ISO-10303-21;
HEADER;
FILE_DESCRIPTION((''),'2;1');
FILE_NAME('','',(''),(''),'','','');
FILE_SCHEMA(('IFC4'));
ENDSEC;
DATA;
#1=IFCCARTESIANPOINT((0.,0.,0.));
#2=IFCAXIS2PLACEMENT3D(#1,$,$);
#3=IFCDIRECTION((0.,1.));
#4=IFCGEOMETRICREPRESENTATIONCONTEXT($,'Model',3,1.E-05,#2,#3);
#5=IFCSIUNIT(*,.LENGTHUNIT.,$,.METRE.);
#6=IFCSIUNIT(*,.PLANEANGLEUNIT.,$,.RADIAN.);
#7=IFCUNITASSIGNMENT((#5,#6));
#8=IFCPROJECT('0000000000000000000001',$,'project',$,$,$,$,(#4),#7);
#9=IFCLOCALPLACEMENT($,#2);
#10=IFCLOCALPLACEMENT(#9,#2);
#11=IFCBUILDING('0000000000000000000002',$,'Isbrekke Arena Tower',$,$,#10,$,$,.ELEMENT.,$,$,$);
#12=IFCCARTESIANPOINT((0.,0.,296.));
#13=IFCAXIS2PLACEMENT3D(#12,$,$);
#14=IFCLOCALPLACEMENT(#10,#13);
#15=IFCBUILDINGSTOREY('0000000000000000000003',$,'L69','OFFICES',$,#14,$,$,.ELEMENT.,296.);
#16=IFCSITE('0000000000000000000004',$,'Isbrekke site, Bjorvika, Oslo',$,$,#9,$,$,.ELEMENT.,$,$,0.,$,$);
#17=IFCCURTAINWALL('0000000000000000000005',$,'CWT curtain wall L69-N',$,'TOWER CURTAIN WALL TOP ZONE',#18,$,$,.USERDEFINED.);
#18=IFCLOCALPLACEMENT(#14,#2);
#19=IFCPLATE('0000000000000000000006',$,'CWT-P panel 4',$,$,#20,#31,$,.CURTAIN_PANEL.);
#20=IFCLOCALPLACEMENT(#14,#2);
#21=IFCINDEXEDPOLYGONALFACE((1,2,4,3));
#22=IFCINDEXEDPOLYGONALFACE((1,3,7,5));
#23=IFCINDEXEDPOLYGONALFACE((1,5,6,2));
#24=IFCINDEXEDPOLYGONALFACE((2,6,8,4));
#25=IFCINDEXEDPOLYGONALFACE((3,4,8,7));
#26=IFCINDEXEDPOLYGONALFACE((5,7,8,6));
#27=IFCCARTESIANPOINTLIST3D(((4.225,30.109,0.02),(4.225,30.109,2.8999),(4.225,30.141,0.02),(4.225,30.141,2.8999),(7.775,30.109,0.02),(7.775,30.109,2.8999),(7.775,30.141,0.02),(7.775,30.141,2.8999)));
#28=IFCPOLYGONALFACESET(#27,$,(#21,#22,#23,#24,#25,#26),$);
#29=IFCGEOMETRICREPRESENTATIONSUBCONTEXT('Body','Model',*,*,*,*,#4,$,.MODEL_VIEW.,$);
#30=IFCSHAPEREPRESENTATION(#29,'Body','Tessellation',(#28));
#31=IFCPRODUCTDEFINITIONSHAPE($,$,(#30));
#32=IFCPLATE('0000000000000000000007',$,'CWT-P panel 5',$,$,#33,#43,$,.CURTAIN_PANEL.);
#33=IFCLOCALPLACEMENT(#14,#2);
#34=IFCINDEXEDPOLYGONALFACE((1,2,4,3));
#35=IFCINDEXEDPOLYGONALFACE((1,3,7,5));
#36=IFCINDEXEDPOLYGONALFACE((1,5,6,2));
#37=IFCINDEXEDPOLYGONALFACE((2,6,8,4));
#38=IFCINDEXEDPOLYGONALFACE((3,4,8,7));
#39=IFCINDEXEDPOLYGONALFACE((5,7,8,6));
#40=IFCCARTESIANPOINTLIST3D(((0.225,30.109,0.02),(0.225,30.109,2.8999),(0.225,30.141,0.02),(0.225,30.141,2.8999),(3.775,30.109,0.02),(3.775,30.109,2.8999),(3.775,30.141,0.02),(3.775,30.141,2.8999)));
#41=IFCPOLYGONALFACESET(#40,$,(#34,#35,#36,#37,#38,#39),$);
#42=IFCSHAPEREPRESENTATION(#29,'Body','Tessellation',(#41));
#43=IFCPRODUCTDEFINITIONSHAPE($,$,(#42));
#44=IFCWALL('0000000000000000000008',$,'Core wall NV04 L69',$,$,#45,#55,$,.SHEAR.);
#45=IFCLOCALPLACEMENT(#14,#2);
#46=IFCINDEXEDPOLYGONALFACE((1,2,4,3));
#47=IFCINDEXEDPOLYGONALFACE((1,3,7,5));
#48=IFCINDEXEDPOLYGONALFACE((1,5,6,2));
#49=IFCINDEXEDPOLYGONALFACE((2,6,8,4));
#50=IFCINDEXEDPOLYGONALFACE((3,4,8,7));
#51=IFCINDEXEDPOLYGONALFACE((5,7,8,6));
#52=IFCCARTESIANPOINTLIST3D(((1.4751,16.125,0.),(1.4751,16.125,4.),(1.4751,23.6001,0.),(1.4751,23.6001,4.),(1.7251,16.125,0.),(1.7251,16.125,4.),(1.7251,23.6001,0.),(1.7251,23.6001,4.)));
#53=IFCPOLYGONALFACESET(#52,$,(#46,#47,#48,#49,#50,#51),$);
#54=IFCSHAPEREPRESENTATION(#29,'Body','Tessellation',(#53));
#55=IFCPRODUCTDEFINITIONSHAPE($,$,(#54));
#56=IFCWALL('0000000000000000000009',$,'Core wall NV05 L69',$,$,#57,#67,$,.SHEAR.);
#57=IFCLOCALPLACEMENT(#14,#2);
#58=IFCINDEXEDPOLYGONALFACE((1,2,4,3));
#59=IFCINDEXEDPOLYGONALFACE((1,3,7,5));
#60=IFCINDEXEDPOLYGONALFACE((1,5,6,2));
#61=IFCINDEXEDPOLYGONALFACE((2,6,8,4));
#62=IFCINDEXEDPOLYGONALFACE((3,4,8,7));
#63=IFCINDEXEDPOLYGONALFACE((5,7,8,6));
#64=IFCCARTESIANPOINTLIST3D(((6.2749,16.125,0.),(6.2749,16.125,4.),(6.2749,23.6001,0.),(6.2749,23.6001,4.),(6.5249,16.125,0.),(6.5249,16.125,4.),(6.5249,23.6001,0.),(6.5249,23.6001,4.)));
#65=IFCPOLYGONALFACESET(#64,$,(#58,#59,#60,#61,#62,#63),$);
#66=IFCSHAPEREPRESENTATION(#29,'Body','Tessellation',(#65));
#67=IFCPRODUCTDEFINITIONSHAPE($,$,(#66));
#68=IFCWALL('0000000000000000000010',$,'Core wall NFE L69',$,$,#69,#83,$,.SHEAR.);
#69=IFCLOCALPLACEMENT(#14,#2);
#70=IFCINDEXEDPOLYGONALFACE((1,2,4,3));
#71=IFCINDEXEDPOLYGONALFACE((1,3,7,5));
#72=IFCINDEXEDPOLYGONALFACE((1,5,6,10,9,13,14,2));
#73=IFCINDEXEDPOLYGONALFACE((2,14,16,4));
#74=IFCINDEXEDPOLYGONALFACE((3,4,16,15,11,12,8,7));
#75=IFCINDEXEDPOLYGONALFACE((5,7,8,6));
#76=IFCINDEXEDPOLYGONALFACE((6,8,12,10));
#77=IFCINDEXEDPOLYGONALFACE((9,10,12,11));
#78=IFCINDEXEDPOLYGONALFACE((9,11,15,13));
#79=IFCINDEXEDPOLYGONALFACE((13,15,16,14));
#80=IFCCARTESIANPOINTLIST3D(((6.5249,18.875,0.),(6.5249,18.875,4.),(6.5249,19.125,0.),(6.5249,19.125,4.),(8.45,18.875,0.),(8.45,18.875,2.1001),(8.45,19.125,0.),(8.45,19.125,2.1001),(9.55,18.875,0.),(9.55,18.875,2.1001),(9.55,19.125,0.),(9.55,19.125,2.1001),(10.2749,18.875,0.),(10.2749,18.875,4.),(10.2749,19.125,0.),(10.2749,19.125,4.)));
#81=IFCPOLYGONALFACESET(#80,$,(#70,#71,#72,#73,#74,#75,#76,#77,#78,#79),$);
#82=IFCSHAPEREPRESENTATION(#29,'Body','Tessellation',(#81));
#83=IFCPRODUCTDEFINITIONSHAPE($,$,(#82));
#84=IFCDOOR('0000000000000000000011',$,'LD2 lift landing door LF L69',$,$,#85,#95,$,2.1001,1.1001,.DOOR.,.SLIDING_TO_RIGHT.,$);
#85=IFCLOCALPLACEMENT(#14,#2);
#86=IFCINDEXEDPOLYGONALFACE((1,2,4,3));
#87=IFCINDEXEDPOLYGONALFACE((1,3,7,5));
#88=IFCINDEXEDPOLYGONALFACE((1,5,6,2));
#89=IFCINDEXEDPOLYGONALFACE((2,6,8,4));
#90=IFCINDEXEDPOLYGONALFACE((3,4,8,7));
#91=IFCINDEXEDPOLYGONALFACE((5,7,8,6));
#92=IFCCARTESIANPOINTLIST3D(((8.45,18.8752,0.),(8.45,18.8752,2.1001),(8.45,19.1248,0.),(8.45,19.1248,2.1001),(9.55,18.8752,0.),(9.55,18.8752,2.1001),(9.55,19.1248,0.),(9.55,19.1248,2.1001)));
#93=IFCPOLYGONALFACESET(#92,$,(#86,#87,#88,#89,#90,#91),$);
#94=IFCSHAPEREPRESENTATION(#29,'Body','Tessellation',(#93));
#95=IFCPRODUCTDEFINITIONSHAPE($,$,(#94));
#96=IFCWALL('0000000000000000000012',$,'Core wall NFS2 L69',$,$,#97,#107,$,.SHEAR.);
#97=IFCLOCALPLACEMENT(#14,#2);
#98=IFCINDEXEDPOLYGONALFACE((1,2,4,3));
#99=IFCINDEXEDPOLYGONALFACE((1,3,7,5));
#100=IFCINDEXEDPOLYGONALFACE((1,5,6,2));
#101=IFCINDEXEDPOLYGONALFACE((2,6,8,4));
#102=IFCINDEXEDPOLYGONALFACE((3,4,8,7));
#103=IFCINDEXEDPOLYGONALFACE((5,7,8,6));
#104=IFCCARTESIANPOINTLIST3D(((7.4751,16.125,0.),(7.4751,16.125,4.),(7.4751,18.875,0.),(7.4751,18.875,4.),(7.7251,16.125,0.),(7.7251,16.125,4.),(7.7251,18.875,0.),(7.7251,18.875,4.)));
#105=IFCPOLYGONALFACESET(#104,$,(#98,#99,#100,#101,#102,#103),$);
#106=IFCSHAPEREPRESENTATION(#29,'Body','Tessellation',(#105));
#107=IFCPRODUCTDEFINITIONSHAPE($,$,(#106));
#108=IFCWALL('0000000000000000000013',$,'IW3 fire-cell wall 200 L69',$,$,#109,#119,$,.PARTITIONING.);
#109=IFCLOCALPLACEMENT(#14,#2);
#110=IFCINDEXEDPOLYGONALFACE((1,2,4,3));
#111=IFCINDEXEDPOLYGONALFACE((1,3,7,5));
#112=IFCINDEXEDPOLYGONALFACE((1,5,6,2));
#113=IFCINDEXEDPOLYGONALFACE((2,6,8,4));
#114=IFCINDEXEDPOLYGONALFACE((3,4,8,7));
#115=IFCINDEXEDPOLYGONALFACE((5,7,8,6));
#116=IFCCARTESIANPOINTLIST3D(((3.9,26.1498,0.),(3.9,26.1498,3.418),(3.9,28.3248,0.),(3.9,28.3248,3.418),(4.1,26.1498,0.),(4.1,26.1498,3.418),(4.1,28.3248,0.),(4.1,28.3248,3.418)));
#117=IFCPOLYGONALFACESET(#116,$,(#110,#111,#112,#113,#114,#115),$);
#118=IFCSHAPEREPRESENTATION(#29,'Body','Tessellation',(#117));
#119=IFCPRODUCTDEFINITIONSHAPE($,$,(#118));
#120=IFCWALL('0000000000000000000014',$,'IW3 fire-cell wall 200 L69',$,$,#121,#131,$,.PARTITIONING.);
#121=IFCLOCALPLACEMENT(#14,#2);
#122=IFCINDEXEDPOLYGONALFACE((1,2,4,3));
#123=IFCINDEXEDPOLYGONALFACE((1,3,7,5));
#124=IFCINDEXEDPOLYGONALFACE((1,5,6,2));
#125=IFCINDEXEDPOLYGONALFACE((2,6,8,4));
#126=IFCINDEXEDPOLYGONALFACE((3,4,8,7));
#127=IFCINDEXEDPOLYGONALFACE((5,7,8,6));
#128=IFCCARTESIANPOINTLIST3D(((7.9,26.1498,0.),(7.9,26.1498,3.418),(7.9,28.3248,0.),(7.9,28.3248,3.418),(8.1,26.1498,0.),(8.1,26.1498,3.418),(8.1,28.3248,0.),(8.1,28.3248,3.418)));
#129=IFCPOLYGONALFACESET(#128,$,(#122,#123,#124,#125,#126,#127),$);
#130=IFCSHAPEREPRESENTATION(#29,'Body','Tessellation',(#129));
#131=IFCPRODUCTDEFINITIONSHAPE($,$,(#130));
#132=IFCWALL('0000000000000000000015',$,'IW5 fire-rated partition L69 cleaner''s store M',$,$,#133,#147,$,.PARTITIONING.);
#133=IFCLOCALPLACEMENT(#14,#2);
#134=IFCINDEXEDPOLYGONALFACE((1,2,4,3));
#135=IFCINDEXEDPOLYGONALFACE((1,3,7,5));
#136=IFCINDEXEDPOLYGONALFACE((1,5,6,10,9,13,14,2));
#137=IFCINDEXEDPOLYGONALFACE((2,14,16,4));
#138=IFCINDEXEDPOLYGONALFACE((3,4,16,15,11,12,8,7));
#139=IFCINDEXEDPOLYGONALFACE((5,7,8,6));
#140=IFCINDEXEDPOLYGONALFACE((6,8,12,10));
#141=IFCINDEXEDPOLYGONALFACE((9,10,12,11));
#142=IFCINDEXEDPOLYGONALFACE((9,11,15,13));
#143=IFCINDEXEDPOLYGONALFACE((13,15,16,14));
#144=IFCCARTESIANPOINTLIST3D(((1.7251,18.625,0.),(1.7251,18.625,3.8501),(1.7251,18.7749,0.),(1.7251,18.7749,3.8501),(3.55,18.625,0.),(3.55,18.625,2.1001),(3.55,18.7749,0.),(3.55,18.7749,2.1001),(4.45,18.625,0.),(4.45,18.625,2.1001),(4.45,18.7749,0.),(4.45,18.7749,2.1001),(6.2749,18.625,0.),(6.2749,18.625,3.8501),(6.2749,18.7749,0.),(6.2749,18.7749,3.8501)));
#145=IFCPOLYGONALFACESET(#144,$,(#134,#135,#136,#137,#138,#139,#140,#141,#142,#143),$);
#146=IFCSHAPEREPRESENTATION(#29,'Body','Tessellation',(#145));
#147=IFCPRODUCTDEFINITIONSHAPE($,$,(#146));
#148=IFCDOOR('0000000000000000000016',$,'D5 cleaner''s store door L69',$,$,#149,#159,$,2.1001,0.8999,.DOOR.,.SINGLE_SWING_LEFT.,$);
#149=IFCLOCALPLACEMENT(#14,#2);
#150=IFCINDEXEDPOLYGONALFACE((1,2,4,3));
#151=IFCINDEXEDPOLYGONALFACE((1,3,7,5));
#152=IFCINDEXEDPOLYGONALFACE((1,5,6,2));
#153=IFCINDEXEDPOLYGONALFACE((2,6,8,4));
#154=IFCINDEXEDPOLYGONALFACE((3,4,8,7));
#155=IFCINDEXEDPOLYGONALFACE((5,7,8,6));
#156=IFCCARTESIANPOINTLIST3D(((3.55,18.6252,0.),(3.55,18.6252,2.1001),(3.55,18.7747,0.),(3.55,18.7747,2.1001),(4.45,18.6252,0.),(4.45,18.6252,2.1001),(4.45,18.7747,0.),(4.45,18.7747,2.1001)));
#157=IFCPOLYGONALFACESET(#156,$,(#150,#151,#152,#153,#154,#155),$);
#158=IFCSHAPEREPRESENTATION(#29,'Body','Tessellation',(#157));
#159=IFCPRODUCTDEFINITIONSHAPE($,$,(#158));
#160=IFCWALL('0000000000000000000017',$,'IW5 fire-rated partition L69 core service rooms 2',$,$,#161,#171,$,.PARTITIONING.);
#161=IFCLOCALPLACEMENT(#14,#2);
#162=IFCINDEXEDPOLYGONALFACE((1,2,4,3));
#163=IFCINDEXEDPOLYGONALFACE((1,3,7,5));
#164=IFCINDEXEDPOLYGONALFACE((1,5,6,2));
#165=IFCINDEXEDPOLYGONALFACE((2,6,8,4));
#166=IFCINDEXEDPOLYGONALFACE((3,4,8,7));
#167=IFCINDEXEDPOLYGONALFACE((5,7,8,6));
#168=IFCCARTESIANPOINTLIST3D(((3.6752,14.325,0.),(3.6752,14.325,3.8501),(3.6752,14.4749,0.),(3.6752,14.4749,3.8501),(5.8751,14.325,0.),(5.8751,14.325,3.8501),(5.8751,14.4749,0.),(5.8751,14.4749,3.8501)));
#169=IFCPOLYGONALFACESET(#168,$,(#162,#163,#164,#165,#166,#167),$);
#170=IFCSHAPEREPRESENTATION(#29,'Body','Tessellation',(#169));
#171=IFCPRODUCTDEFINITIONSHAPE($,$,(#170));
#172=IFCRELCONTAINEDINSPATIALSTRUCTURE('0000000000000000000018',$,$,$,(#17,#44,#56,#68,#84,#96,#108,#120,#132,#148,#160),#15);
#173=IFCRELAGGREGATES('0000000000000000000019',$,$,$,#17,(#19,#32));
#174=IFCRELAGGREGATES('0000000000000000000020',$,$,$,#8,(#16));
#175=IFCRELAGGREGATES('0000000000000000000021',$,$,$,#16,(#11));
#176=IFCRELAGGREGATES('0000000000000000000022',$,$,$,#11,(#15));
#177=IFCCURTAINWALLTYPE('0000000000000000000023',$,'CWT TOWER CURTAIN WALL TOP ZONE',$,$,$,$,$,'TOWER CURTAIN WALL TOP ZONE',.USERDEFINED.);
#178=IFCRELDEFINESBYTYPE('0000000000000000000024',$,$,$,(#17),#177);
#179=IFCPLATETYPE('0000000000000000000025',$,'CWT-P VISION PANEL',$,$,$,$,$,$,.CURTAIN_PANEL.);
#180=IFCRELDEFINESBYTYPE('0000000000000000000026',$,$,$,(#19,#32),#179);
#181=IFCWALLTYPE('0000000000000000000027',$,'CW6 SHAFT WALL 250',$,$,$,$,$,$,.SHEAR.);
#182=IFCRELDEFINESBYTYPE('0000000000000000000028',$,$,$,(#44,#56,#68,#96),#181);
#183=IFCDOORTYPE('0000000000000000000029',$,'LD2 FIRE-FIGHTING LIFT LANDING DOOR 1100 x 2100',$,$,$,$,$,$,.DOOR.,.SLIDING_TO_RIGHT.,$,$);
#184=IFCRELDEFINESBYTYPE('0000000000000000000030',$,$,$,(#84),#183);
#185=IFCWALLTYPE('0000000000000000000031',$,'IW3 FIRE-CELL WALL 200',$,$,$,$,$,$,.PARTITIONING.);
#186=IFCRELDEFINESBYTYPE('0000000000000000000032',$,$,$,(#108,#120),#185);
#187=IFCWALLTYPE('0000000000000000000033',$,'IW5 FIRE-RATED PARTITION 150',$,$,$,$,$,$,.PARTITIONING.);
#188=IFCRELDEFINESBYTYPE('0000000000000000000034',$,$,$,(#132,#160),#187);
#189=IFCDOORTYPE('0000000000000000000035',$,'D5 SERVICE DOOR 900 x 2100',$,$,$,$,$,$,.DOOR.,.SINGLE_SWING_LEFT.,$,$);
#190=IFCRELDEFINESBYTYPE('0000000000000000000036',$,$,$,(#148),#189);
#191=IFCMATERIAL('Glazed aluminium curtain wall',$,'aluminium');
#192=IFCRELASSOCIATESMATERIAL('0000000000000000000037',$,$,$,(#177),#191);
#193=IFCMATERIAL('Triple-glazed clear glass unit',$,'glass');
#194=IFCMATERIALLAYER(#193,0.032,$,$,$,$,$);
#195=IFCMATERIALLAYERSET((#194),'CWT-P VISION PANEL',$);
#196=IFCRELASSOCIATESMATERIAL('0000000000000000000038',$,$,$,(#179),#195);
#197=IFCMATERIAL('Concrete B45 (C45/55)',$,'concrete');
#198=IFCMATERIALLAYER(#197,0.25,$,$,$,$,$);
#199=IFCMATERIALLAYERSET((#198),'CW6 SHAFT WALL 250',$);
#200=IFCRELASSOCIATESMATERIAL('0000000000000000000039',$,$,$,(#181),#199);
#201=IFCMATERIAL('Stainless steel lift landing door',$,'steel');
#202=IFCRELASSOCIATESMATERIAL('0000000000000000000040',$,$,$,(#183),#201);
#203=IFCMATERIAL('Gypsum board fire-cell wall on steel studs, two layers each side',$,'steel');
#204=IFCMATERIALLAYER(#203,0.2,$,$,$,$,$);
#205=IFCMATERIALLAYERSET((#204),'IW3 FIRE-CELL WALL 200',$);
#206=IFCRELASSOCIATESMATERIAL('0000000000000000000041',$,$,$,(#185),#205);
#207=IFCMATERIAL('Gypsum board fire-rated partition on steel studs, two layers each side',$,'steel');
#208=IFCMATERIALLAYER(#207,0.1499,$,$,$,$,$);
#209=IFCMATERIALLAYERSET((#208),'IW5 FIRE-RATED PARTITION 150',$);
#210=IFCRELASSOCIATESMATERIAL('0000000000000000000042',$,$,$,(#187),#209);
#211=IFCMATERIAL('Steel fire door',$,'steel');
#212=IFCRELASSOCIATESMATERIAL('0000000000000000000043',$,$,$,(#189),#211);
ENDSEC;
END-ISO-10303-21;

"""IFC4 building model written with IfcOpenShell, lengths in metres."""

from ifc_helpers import new_model, si_unit, direction, frame, frame_2d, origin, origin_2d, place, context, subcontext, project, spatial, rectangle, extrude, material, layer, layer_set, type_object, element, fill, aggregate, save


model = new_model("IFC4")

# Units and contexts
model_context = context("Model", 3, precision=1e-05, world=origin(), true_north=direction((0.0, 1.0)))
body_context = subcontext(model_context, "Body", "Model", "MODEL_VIEW")
ifc_project = project(units=[si_unit("LENGTHUNIT", "METRE"), si_unit("PLANEANGLEUNIT", "RADIAN")], contexts=[model_context])

# Site, building, storey
site_placement = place(None, origin())
site = spatial("IfcSite", under=ifc_project, at=site_placement, Name="Isbrekke site, Bjorvika, Oslo", CompositionType="ELEMENT", RefElevation=0.0)
building_placement = place(site_placement, origin())
building = spatial("IfcBuilding", under=site, at=building_placement, Name="Isbrekke Arena Tower", CompositionType="ELEMENT")
storey_placement = place(building_placement, frame((0.0, 0.0, 296.0)))
storey = spatial("IfcBuildingStorey", under=building, at=storey_placement, Name="L69", Description="OFFICES", CompositionType="ELEMENT", Elevation=296.0)

# Curtain wall
ifc_material_1 = material(Name="Glazed aluminium curtain wall", Category="aluminium")
curtain_wall_type = type_object("IfcCurtainWallType", Name="CWT TOWER CURTAIN WALL TOP ZONE", ElementType="TOWER CURTAIN WALL TOP ZONE", PredefinedType="USERDEFINED", material=ifc_material_1)
curtain_wall_placement = place(storey_placement, origin())
curtain_wall = element("IfcCurtainWall", 1, at=curtain_wall_placement, inside=storey, type_object=curtain_wall_type, Name="CWT curtain wall L69-N", ObjectType="TOWER CURTAIN WALL TOP ZONE", PredefinedType="USERDEFINED")

# Plates
ifc_material_2 = material(Name="Triple-glazed clear glass unit", Category="glass")
ifc_layer_1 = layer(ifc_material_2, 0.032)
ifc_layer_set_1 = layer_set([ifc_layer_1], Name="CWT-P VISION PANEL")
plate_type = type_object("IfcPlateType", Name="CWT-P VISION PANEL", PredefinedType="CURTAIN_PANEL", material=ifc_layer_set_1)
plate_1_placement = place(storey_placement, frame((6.0, 30.125, 0.02), z_axis=(0.0, 0.0, 1.0), x_axis=(-1.0, 0.0, 0.0)))
plate_1 = element("IfcPlate", 2, at=plate_1_placement, type_object=plate_type, Name="CWT-P panel 4", PredefinedType="CURTAIN_PANEL", context=body_context, shape_type="SweptSolid", body=[
    extrude(rectangle(XDim=3.55, YDim=0.032, at=origin_2d()), origin(), (0.0, 0.0, 1.0), 2.8799),
])
plate_2_placement = place(storey_placement, frame((2.0, 30.125, 0.02), z_axis=(0.0, 0.0, 1.0), x_axis=(-1.0, 0.0, 0.0)))
plate_2 = element("IfcPlate", 3, at=plate_2_placement, type_object=plate_type, Name="CWT-P panel 5", PredefinedType="CURTAIN_PANEL", context=body_context, shape_type="SweptSolid", body=[
    extrude(rectangle(XDim=3.55, YDim=0.032, at=origin_2d()), origin(), (0.0, 0.0, 1.0), 2.8799),
])
aggregate(curtain_wall, [plate_1, plate_2])

# Walls
ifc_material_3 = material(Name="Concrete B45 (C45/55)", Category="concrete")
ifc_layer_2 = layer(ifc_material_3, 0.25)
ifc_layer_set_2 = layer_set([ifc_layer_2], Name="CW6 SHAFT WALL 250")
wall_type_1 = type_object("IfcWallType", Name="CW6 SHAFT WALL 250", PredefinedType="SHEAR", material=ifc_layer_set_2)
for number, where, z_axis, x_axis, name in (
    (4, (1.6001, 16.125, 0.0), (0.0, 0.0, 1.0), (0.0, 1.0, 0.0), "Core wall NV04 L69"),
    (5, (6.3999, 16.125, 0.0), (0.0, 0.0, 1.0), (0.0, 1.0, 0.0), "Core wall NV05 L69"),
):
    element("IfcWall", number, at=place(storey_placement, frame(where, z_axis=z_axis, x_axis=x_axis)), inside=storey, type_object=wall_type_1, Name=name, PredefinedType="SHEAR", context=body_context, shape_type="SweptSolid", body=[
        extrude(rectangle(XDim=7.4751, YDim=0.25, at=frame_2d((3.7375, 0.0))), origin(), (0.0, 0.0, 1.0), 4.0),
    ])

# Wall, opening, door
wall_1_placement = place(storey_placement, frame((6.5249, 19.0, 0.0), z_axis=(0.0, 0.0, 1.0), x_axis=(1.0, 0.0, 0.0)))
wall_1 = element("IfcWall", 6, at=wall_1_placement, inside=storey, type_object=wall_type_1, Name="Core wall NFE L69", PredefinedType="SHEAR", context=body_context, shape_type="SweptSolid", body=[
    extrude(rectangle(XDim=3.75, YDim=0.25, at=frame_2d((1.875, 0.0))), origin(), (0.0, 0.0, 1.0), 4.0),
])
opening_1_placement = place(wall_1_placement, frame((1.925, 0.0, 0.0)))
opening_1 = element("IfcOpeningElement", 7, at=opening_1_placement, cuts=wall_1, PredefinedType="OPENING", context=body_context, shape_type="SweptSolid", body=[
    extrude(rectangle(XDim=1.1001, YDim=2.1001, at=frame_2d((0.55, 1.05))), frame((0.0, 0.1399, 0.0), z_axis=(0.0, -1.0, 0.0), x_axis=(1.0, 0.0, 0.0)), (0.0, 0.0, 1.0), 0.2798),
])
ifc_material_4 = material(Name="Stainless steel lift landing door", Category="steel")
door_type_1 = type_object("IfcDoorType", Name="LD2 FIRE-FIGHTING LIFT LANDING DOOR 1100 x 2100", OperationType="SLIDING_TO_RIGHT", PredefinedType="DOOR", material=ifc_material_4)
door_1_placement = place(opening_1_placement, origin())
door_1 = element("IfcDoor", 8, at=door_1_placement, inside=storey, type_object=door_type_1, Name="LD2 lift landing door LF L69", OperationType="SLIDING_TO_RIGHT", OverallHeight=2.1001, OverallWidth=1.1001, PredefinedType="DOOR", context=body_context, shape_type="SweptSolid", body=[
    extrude(rectangle(XDim=1.1001, YDim=2.1001, at=frame_2d((0.55, 1.05))), frame((0.0, 0.1248, 0.0), z_axis=(0.0, -1.0, 0.0), x_axis=(1.0, 0.0, 0.0)), (0.0, 0.0, 1.0), 0.2495),
])
fill(opening_1, door_1)

# Walls
wall_2_placement = place(storey_placement, frame((7.6001, 16.125, 0.0), z_axis=(0.0, 0.0, 1.0), x_axis=(0.0, 1.0, 0.0)))
element("IfcWall", 9, at=wall_2_placement, inside=storey, type_object=wall_type_1, Name="Core wall NFS2 L69", PredefinedType="SHEAR", context=body_context, shape_type="SweptSolid", body=[
    extrude(rectangle(XDim=2.75, YDim=0.25, at=frame_2d((1.375, 0.0))), origin(), (0.0, 0.0, 1.0), 4.0),
])
ifc_material_5 = material(Name="Gypsum board fire-cell wall on steel studs, two layers each side", Category="steel")
ifc_layer_3 = layer(ifc_material_5, 0.2)
ifc_layer_set_3 = layer_set([ifc_layer_3], Name="IW3 FIRE-CELL WALL 200")
wall_type_2 = type_object("IfcWallType", Name="IW3 FIRE-CELL WALL 200", PredefinedType="PARTITIONING", material=ifc_layer_set_3)
for number, where, z_axis, x_axis, name in (
    (10, (4.0, 26.1499, 0.0), (0.0, 0.0, 1.0), (0.0, 1.0, 0.0), "IW3 fire-cell wall 200 L69"),
    (11, (8.0, 26.1499, 0.0), (0.0, 0.0, 1.0), (0.0, 1.0, 0.0), "IW3 fire-cell wall 200 L69"),
):
    element("IfcWall", number, at=place(storey_placement, frame(where, z_axis=z_axis, x_axis=x_axis)), inside=storey, type_object=wall_type_2, Name=name, PredefinedType="PARTITIONING", context=body_context, shape_type="SweptSolid", body=[
        extrude(rectangle(XDim=2.175, YDim=0.2, at=frame_2d((1.0874, 0.0))), origin(), (0.0, 0.0, 1.0), 3.418),
    ])

# Wall, opening, door
ifc_material_6 = material(Name="Gypsum board fire-rated partition on steel studs, two layers each side", Category="steel")
ifc_layer_4 = layer(ifc_material_6, 0.1499)
ifc_layer_set_4 = layer_set([ifc_layer_4], Name="IW5 FIRE-RATED PARTITION 150")
wall_type_3 = type_object("IfcWallType", Name="IW5 FIRE-RATED PARTITION 150", PredefinedType="PARTITIONING", material=ifc_layer_set_4)
wall_3_placement = place(storey_placement, frame((1.7251, 18.7, 0.0), z_axis=(0.0, 0.0, 1.0), x_axis=(1.0, 0.0, 0.0)))
wall_3 = element("IfcWall", 12, at=wall_3_placement, inside=storey, type_object=wall_type_3, Name="IW5 fire-rated partition L69 cleaner's store M", PredefinedType="PARTITIONING", context=body_context, shape_type="SweptSolid", body=[
    extrude(rectangle(XDim=4.5498, YDim=0.1499, at=frame_2d((2.2749, 0.0))), origin(), (0.0, 0.0, 1.0), 3.8501),
])
opening_2_placement = place(wall_3_placement, frame((1.825, 0.0, 0.0)))
opening_2 = element("IfcOpeningElement", 13, at=opening_2_placement, cuts=wall_3, PredefinedType="OPENING", context=body_context, shape_type="SweptSolid", body=[
    extrude(rectangle(XDim=0.8999, YDim=2.1001, at=frame_2d((0.45, 1.05))), frame((0.0, 0.0898, 0.0), z_axis=(0.0, -1.0, 0.0), x_axis=(1.0, 0.0, 0.0)), (0.0, 0.0, 1.0), 0.1797),
])
ifc_material_7 = material(Name="Steel fire door", Category="steel")
door_type_2 = type_object("IfcDoorType", Name="D5 SERVICE DOOR 900 x 2100", OperationType="SINGLE_SWING_LEFT", PredefinedType="DOOR", material=ifc_material_7)
door_2_placement = place(opening_2_placement, origin())
door_2 = element("IfcDoor", 14, at=door_2_placement, inside=storey, type_object=door_type_2, Name="D5 cleaner's store door L69", OperationType="SINGLE_SWING_LEFT", OverallHeight=2.1001, OverallWidth=0.8999, PredefinedType="DOOR", context=body_context, shape_type="SweptSolid", body=[
    extrude(rectangle(XDim=0.8999, YDim=2.1001, at=frame_2d((0.45, 1.05))), frame((0.0, 0.0747, 0.0), z_axis=(0.0, -1.0, 0.0), x_axis=(1.0, 0.0, 0.0)), (0.0, 0.0, 1.0), 0.1494),
])
fill(opening_2, door_2)

# Wall
wall_4_placement = place(storey_placement, frame((3.675, 14.3999, 0.0), z_axis=(0.0, 0.0, 1.0), x_axis=(1.0, 0.0, 0.0)))
element("IfcWall", 15, at=wall_4_placement, inside=storey, type_object=wall_type_3, Name="IW5 fire-rated partition L69 core service rooms 2", PredefinedType="PARTITIONING", context=body_context, shape_type="SweptSolid", body=[
    extrude(rectangle(XDim=2.2, YDim=0.1499, at=frame_2d((1.1001, 0.0))), origin(), (0.0, 0.0, 1.0), 3.8501),
])

save(model, "model.ifc")
